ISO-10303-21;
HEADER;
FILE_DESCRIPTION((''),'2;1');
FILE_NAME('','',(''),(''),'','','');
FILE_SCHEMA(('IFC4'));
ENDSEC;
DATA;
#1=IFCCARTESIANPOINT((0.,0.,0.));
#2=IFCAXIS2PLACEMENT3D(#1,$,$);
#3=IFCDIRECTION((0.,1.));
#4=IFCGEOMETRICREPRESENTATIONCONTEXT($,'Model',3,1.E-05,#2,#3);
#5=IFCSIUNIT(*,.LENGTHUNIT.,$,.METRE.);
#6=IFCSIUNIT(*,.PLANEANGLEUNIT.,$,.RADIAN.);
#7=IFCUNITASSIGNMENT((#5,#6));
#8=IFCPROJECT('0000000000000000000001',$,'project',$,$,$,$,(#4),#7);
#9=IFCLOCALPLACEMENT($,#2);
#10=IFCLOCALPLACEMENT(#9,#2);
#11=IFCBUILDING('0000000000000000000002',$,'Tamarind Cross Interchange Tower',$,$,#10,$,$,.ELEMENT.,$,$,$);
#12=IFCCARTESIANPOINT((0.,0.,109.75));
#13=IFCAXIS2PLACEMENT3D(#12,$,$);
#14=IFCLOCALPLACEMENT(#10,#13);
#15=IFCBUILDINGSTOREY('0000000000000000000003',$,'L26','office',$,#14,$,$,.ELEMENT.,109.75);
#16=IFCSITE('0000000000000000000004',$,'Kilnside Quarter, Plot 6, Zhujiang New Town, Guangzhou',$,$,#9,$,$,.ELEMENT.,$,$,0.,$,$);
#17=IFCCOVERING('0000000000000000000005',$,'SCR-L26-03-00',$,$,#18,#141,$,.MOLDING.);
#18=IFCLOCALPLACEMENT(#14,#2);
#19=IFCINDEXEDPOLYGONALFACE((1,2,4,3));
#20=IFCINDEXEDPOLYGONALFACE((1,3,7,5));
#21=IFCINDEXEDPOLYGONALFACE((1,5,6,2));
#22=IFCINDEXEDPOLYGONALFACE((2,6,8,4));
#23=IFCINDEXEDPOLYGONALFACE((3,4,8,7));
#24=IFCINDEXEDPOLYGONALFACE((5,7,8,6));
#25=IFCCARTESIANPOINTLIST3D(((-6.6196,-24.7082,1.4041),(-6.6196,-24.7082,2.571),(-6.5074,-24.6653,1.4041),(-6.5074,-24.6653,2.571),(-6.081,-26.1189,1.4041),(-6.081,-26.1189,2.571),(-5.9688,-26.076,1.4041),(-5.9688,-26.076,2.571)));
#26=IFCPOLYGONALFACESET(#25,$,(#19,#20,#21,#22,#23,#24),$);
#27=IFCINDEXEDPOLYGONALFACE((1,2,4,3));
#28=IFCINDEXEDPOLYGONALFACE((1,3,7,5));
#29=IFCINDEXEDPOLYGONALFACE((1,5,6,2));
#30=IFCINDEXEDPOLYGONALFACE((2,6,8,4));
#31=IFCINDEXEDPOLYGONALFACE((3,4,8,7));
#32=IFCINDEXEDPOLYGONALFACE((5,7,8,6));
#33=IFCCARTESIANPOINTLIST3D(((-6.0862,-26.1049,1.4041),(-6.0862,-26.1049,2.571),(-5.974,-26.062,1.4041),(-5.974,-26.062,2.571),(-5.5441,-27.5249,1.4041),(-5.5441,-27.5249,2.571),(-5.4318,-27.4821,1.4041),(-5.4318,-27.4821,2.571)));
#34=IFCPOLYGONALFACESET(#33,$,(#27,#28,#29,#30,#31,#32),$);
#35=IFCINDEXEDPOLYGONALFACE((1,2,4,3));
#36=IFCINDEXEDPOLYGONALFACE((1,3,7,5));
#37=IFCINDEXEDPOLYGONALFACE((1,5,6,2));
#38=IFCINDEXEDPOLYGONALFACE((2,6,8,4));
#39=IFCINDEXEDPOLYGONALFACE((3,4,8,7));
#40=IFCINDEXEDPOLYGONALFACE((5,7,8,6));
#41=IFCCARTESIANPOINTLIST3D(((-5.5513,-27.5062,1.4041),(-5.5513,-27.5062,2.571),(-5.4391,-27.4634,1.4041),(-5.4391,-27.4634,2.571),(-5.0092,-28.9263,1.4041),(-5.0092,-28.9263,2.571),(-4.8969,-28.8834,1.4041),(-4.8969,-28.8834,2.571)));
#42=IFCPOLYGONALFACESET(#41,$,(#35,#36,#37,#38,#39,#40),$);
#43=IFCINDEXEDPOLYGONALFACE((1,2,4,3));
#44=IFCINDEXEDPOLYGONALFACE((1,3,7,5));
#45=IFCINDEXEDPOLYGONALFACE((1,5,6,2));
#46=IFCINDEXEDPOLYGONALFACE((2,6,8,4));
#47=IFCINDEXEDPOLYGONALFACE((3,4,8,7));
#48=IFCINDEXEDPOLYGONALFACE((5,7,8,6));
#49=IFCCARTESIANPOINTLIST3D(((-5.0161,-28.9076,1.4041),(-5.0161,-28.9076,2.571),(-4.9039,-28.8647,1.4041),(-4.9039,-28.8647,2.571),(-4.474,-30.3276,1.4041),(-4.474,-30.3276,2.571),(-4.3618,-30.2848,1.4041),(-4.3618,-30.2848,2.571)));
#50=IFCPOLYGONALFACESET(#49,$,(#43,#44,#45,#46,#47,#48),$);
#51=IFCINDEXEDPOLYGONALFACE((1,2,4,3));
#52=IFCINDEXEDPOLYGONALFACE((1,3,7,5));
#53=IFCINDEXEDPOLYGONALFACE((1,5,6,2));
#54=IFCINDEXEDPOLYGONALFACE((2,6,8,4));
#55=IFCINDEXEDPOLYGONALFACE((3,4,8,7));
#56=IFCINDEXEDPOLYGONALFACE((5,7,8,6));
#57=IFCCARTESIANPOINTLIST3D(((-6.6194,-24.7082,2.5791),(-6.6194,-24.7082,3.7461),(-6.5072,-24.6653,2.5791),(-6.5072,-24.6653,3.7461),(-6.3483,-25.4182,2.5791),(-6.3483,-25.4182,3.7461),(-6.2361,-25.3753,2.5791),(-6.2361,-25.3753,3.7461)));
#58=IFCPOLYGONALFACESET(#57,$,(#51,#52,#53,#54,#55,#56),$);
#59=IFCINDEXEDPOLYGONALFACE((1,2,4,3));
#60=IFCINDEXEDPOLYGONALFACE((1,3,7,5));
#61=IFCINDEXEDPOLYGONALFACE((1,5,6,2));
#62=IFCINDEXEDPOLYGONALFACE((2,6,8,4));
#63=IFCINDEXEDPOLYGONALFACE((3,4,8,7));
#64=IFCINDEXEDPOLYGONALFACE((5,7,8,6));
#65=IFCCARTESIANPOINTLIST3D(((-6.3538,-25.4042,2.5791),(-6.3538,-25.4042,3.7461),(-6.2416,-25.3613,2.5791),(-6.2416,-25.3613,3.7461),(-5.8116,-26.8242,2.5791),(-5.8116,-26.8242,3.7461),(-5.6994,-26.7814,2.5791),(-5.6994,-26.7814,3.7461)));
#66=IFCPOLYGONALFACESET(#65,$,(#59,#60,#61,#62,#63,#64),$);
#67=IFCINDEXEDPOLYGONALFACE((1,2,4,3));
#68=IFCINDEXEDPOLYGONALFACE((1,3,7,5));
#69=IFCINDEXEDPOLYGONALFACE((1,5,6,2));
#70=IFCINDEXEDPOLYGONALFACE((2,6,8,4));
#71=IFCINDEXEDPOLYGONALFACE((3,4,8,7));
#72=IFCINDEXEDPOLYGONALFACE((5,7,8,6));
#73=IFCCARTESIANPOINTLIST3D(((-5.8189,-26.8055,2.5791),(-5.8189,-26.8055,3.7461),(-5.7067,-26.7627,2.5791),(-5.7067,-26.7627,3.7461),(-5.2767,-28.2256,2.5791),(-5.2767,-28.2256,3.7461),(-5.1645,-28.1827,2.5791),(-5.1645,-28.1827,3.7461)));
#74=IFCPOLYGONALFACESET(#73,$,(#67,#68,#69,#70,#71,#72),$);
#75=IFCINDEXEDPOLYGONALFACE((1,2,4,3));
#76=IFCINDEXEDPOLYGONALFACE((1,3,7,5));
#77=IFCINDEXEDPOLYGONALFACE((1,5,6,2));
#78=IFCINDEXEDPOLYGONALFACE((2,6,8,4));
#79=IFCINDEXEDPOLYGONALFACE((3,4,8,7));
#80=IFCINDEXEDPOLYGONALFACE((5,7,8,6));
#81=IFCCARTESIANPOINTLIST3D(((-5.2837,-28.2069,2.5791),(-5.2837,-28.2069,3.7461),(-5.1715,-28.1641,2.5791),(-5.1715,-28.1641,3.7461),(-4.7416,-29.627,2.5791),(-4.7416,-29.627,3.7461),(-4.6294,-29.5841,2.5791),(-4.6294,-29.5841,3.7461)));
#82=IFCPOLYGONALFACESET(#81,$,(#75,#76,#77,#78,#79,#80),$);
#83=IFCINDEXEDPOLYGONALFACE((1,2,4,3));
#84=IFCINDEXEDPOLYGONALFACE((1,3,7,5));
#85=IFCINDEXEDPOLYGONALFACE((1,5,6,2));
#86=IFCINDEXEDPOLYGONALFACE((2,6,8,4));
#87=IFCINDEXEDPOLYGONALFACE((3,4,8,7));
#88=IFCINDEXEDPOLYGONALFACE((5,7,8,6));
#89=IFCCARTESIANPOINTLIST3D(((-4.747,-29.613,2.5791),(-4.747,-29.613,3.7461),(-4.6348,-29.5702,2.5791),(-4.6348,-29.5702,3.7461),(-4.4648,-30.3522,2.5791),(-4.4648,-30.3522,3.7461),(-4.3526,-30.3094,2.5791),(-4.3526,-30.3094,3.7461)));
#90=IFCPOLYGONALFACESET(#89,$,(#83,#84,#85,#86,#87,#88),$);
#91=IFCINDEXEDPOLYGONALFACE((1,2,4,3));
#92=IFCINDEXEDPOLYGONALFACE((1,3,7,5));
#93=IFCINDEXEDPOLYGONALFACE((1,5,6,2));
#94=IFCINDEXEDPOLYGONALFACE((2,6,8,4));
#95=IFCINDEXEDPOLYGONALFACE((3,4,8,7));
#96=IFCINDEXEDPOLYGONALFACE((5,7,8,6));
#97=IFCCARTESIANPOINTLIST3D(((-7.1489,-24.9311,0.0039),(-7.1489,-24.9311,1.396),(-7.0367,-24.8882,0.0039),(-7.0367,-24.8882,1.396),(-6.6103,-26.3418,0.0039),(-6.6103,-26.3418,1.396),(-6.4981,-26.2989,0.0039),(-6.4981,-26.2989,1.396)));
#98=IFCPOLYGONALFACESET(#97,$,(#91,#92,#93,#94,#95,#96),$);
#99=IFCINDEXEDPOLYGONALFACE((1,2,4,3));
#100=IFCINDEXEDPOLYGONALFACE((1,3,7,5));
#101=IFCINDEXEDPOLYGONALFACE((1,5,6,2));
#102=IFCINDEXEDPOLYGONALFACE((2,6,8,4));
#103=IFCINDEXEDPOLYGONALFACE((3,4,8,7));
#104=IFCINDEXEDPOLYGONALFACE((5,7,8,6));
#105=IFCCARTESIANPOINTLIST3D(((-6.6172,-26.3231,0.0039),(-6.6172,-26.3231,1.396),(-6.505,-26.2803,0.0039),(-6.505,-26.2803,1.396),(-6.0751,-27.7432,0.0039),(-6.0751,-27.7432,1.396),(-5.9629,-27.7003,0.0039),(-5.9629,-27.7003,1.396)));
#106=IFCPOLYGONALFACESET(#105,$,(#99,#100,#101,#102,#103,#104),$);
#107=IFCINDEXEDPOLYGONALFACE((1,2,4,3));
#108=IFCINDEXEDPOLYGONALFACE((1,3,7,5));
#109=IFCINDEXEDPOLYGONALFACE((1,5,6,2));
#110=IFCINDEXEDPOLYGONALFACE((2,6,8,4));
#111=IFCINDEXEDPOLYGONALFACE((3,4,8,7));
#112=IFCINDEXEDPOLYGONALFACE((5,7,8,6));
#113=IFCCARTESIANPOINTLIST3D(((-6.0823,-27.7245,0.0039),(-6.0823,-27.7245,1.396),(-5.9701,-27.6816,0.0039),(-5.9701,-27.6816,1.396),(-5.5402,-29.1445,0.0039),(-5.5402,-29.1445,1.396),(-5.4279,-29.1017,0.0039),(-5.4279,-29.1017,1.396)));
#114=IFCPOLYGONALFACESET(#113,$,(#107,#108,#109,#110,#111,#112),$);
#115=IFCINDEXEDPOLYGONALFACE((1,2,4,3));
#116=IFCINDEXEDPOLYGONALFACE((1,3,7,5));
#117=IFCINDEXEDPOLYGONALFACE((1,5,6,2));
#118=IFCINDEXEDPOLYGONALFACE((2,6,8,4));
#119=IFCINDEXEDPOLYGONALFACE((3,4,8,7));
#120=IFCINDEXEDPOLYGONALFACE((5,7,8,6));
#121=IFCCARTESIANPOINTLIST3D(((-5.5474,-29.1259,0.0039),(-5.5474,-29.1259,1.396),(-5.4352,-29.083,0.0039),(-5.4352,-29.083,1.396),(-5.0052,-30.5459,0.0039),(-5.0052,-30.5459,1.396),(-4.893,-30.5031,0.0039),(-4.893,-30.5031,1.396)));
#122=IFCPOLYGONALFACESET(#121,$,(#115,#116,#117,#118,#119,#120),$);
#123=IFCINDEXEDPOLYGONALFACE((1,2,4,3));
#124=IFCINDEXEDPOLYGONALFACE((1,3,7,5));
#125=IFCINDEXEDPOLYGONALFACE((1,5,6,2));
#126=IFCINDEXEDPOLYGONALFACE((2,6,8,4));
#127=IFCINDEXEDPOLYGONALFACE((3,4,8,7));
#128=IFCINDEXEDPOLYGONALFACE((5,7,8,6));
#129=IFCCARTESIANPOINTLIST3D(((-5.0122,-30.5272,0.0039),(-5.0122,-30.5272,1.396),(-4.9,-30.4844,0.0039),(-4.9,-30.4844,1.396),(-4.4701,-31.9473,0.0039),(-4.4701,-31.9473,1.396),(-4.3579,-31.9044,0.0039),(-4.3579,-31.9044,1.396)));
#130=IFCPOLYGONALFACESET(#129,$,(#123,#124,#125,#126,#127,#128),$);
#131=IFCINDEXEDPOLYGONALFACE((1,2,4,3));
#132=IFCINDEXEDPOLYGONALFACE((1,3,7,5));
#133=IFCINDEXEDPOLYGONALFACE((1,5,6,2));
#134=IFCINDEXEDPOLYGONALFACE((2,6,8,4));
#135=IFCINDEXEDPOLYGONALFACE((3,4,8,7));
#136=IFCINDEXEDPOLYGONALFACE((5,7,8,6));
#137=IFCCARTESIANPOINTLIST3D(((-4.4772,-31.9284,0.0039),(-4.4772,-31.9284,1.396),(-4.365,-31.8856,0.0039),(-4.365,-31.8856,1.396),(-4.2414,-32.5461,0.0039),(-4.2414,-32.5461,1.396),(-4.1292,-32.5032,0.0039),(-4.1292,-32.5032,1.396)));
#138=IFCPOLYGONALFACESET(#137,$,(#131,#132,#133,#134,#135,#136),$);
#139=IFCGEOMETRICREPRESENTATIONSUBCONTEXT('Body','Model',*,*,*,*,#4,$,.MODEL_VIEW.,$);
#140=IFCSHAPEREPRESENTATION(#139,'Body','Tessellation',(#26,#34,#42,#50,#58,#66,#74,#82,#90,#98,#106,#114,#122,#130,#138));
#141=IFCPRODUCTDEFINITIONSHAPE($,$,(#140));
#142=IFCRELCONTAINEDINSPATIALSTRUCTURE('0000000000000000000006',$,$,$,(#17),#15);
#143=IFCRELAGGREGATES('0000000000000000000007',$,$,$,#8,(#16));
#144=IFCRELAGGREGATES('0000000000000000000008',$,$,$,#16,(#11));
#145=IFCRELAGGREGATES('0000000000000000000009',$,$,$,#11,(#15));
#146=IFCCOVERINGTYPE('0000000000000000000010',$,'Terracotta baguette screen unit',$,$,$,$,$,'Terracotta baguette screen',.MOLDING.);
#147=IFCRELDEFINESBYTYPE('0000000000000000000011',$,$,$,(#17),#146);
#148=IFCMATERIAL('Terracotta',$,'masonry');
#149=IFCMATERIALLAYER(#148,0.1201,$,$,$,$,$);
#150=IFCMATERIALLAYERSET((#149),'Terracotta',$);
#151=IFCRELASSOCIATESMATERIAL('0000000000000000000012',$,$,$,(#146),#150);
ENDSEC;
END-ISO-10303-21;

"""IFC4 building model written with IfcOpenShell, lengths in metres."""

from ifc_helpers import new_model, si_unit, direction, frame, origin, origin_2d, place, context, subcontext, project, spatial, rectangle, extrude, material, layer, layer_set, type_object, element, save


model = new_model("IFC4")

# Units and contexts
model_context = context("Model", 3, precision=1e-05, world=origin(), true_north=direction((0.0, 1.0)))
body_context = subcontext(model_context, "Body", "Model", "MODEL_VIEW")
ifc_project = project(units=[si_unit("LENGTHUNIT", "METRE"), si_unit("PLANEANGLEUNIT", "RADIAN")], contexts=[model_context])

# Site, building, storey
site_placement = place(None, origin())
site = spatial("IfcSite", under=ifc_project, at=site_placement, Name="Kilnside Quarter, Plot 6, Zhujiang New Town, Guangzhou", CompositionType="ELEMENT", RefElevation=0.0)
building_placement = place(site_placement, origin())
building = spatial("IfcBuilding", under=site, at=building_placement, Name="Tamarind Cross Interchange Tower", CompositionType="ELEMENT")
storey_placement = place(building_placement, frame((0.0, 0.0, 109.75)))
storey = spatial("IfcBuildingStorey", under=building, at=storey_placement, Name="L26", Description="office", CompositionType="ELEMENT", Elevation=109.75)

# Covering
ifc_material_1 = material(Name="Terracotta", Category="masonry")
ifc_layer_1 = layer(ifc_material_1, 0.1201)
ifc_layer_set_1 = layer_set([ifc_layer_1], Name="Terracotta")
covering_type = type_object("IfcCoveringType", Name="Terracotta baguette screen unit", ElementType="Terracotta baguette screen", PredefinedType="MOLDING", material=ifc_layer_set_1)
covering_1_placement = place(storey_placement, origin())
element("IfcCovering", 1, at=covering_1_placement, inside=storey, type_object=covering_type, Name="SCR-L26-03-00", PredefinedType="MOLDING", context=body_context, shape_type="SweptSolid", body=[
    extrude(rectangle(XDim=1.51, YDim=0.1201, at=origin_2d()), frame((-6.2942, -25.3921, 1.4041), z_axis=(0.0, 0.0, 1.0), x_axis=(0.356673, -0.934229, 0.0)), (0.0, 0.0, 1.0), 1.167),
    extrude(rectangle(XDim=1.52, YDim=0.1201, at=origin_2d()), frame((-5.759, -26.7935, 1.4041), z_axis=(0.0, 0.0, 1.0), x_axis=(0.356673, -0.934229, 0.0)), (0.0, 0.0, 1.0), 1.167),
    extrude(rectangle(XDim=1.52, YDim=0.1201, at=origin_2d()), frame((-5.2241, -28.1948, 1.4041), z_axis=(0.0, 0.0, 1.0), x_axis=(0.356673, -0.934229, 0.0)), (0.0, 0.0, 1.0), 1.167),
    extrude(rectangle(XDim=1.52, YDim=0.1201, at=origin_2d()), frame((-4.689, -29.5962, 1.4041), z_axis=(0.0, 0.0, 1.0), x_axis=(0.356673, -0.934229, 0.0)), (0.0, 0.0, 1.0), 1.167),
    extrude(rectangle(XDim=0.76, YDim=0.1201, at=origin_2d()), frame((-6.4277, -25.0417, 2.5791), z_axis=(0.0, 0.0, 1.0), x_axis=(0.356673, -0.934229, 0.0)), (0.0, 0.0, 1.0), 1.167),
    extrude(rectangle(XDim=1.52, YDim=0.1201, at=origin_2d()), frame((-6.0266, -26.0928, 2.5791), z_axis=(0.0, 0.0, 1.0), x_axis=(0.356673, -0.934229, 0.0)), (0.0, 0.0, 1.0), 1.167),
    extrude(rectangle(XDim=1.52, YDim=0.1201, at=origin_2d()), frame((-5.4917, -27.4941, 2.5791), z_axis=(0.0, 0.0, 1.0), x_axis=(0.356673, -0.934229, 0.0)), (0.0, 0.0, 1.0), 1.167),
    extrude(rectangle(XDim=1.52, YDim=0.1201, at=origin_2d()), frame((-4.9565, -28.8955, 2.5791), z_axis=(0.0, 0.0, 1.0), x_axis=(0.356673, -0.934229, 0.0)), (0.0, 0.0, 1.0), 1.167),
    extrude(rectangle(XDim=0.7913, YDim=0.1201, at=origin_2d()), frame((-4.5498, -29.9612, 2.5791), z_axis=(0.0, 0.0, 1.0), x_axis=(0.356673, -0.934229, 0.0)), (0.0, 0.0, 1.0), 1.167),
    extrude(rectangle(XDim=1.51, YDim=0.1201, at=origin_2d()), frame((-6.8235, -25.615, 0.0039), z_axis=(0.0, 0.0, 1.0), x_axis=(0.356673, -0.934229, 0.0)), (0.0, 0.0, 1.0), 1.3921),
    extrude(rectangle(XDim=1.52, YDim=0.1201, at=origin_2d()), frame((-6.29, -27.0117, 0.0039), z_axis=(0.0, 0.0, 1.0), x_axis=(0.356673, -0.934229, 0.0)), (0.0, 0.0, 1.0), 1.3921),
    extrude(rectangle(XDim=1.52, YDim=0.1201, at=origin_2d()), frame((-5.7551, -28.4131, 0.0039), z_axis=(0.0, 0.0, 1.0), x_axis=(0.356673, -0.934229, 0.0)), (0.0, 0.0, 1.0), 1.3921),
    extrude(rectangle(XDim=1.52, YDim=0.1201, at=origin_2d()), frame((-5.2202, -29.8145, 0.0039), z_axis=(0.0, 0.0, 1.0), x_axis=(0.356673, -0.934229, 0.0)), (0.0, 0.0, 1.0), 1.3921),
    extrude(rectangle(XDim=1.52, YDim=0.1201, at=origin_2d()), frame((-4.6851, -31.2158, 0.0039), z_axis=(0.0, 0.0, 1.0), x_axis=(0.356673, -0.934229, 0.0)), (0.0, 0.0, 1.0), 1.3921),
    extrude(rectangle(XDim=0.6611, YDim=0.1201, at=origin_2d()), frame((-4.3032, -32.2158, 0.0039), z_axis=(0.0, 0.0, 1.0), x_axis=(0.356673, -0.934229, 0.0)), (0.0, 0.0, 1.0), 1.3921),
])

save(model, "model.ifc")
